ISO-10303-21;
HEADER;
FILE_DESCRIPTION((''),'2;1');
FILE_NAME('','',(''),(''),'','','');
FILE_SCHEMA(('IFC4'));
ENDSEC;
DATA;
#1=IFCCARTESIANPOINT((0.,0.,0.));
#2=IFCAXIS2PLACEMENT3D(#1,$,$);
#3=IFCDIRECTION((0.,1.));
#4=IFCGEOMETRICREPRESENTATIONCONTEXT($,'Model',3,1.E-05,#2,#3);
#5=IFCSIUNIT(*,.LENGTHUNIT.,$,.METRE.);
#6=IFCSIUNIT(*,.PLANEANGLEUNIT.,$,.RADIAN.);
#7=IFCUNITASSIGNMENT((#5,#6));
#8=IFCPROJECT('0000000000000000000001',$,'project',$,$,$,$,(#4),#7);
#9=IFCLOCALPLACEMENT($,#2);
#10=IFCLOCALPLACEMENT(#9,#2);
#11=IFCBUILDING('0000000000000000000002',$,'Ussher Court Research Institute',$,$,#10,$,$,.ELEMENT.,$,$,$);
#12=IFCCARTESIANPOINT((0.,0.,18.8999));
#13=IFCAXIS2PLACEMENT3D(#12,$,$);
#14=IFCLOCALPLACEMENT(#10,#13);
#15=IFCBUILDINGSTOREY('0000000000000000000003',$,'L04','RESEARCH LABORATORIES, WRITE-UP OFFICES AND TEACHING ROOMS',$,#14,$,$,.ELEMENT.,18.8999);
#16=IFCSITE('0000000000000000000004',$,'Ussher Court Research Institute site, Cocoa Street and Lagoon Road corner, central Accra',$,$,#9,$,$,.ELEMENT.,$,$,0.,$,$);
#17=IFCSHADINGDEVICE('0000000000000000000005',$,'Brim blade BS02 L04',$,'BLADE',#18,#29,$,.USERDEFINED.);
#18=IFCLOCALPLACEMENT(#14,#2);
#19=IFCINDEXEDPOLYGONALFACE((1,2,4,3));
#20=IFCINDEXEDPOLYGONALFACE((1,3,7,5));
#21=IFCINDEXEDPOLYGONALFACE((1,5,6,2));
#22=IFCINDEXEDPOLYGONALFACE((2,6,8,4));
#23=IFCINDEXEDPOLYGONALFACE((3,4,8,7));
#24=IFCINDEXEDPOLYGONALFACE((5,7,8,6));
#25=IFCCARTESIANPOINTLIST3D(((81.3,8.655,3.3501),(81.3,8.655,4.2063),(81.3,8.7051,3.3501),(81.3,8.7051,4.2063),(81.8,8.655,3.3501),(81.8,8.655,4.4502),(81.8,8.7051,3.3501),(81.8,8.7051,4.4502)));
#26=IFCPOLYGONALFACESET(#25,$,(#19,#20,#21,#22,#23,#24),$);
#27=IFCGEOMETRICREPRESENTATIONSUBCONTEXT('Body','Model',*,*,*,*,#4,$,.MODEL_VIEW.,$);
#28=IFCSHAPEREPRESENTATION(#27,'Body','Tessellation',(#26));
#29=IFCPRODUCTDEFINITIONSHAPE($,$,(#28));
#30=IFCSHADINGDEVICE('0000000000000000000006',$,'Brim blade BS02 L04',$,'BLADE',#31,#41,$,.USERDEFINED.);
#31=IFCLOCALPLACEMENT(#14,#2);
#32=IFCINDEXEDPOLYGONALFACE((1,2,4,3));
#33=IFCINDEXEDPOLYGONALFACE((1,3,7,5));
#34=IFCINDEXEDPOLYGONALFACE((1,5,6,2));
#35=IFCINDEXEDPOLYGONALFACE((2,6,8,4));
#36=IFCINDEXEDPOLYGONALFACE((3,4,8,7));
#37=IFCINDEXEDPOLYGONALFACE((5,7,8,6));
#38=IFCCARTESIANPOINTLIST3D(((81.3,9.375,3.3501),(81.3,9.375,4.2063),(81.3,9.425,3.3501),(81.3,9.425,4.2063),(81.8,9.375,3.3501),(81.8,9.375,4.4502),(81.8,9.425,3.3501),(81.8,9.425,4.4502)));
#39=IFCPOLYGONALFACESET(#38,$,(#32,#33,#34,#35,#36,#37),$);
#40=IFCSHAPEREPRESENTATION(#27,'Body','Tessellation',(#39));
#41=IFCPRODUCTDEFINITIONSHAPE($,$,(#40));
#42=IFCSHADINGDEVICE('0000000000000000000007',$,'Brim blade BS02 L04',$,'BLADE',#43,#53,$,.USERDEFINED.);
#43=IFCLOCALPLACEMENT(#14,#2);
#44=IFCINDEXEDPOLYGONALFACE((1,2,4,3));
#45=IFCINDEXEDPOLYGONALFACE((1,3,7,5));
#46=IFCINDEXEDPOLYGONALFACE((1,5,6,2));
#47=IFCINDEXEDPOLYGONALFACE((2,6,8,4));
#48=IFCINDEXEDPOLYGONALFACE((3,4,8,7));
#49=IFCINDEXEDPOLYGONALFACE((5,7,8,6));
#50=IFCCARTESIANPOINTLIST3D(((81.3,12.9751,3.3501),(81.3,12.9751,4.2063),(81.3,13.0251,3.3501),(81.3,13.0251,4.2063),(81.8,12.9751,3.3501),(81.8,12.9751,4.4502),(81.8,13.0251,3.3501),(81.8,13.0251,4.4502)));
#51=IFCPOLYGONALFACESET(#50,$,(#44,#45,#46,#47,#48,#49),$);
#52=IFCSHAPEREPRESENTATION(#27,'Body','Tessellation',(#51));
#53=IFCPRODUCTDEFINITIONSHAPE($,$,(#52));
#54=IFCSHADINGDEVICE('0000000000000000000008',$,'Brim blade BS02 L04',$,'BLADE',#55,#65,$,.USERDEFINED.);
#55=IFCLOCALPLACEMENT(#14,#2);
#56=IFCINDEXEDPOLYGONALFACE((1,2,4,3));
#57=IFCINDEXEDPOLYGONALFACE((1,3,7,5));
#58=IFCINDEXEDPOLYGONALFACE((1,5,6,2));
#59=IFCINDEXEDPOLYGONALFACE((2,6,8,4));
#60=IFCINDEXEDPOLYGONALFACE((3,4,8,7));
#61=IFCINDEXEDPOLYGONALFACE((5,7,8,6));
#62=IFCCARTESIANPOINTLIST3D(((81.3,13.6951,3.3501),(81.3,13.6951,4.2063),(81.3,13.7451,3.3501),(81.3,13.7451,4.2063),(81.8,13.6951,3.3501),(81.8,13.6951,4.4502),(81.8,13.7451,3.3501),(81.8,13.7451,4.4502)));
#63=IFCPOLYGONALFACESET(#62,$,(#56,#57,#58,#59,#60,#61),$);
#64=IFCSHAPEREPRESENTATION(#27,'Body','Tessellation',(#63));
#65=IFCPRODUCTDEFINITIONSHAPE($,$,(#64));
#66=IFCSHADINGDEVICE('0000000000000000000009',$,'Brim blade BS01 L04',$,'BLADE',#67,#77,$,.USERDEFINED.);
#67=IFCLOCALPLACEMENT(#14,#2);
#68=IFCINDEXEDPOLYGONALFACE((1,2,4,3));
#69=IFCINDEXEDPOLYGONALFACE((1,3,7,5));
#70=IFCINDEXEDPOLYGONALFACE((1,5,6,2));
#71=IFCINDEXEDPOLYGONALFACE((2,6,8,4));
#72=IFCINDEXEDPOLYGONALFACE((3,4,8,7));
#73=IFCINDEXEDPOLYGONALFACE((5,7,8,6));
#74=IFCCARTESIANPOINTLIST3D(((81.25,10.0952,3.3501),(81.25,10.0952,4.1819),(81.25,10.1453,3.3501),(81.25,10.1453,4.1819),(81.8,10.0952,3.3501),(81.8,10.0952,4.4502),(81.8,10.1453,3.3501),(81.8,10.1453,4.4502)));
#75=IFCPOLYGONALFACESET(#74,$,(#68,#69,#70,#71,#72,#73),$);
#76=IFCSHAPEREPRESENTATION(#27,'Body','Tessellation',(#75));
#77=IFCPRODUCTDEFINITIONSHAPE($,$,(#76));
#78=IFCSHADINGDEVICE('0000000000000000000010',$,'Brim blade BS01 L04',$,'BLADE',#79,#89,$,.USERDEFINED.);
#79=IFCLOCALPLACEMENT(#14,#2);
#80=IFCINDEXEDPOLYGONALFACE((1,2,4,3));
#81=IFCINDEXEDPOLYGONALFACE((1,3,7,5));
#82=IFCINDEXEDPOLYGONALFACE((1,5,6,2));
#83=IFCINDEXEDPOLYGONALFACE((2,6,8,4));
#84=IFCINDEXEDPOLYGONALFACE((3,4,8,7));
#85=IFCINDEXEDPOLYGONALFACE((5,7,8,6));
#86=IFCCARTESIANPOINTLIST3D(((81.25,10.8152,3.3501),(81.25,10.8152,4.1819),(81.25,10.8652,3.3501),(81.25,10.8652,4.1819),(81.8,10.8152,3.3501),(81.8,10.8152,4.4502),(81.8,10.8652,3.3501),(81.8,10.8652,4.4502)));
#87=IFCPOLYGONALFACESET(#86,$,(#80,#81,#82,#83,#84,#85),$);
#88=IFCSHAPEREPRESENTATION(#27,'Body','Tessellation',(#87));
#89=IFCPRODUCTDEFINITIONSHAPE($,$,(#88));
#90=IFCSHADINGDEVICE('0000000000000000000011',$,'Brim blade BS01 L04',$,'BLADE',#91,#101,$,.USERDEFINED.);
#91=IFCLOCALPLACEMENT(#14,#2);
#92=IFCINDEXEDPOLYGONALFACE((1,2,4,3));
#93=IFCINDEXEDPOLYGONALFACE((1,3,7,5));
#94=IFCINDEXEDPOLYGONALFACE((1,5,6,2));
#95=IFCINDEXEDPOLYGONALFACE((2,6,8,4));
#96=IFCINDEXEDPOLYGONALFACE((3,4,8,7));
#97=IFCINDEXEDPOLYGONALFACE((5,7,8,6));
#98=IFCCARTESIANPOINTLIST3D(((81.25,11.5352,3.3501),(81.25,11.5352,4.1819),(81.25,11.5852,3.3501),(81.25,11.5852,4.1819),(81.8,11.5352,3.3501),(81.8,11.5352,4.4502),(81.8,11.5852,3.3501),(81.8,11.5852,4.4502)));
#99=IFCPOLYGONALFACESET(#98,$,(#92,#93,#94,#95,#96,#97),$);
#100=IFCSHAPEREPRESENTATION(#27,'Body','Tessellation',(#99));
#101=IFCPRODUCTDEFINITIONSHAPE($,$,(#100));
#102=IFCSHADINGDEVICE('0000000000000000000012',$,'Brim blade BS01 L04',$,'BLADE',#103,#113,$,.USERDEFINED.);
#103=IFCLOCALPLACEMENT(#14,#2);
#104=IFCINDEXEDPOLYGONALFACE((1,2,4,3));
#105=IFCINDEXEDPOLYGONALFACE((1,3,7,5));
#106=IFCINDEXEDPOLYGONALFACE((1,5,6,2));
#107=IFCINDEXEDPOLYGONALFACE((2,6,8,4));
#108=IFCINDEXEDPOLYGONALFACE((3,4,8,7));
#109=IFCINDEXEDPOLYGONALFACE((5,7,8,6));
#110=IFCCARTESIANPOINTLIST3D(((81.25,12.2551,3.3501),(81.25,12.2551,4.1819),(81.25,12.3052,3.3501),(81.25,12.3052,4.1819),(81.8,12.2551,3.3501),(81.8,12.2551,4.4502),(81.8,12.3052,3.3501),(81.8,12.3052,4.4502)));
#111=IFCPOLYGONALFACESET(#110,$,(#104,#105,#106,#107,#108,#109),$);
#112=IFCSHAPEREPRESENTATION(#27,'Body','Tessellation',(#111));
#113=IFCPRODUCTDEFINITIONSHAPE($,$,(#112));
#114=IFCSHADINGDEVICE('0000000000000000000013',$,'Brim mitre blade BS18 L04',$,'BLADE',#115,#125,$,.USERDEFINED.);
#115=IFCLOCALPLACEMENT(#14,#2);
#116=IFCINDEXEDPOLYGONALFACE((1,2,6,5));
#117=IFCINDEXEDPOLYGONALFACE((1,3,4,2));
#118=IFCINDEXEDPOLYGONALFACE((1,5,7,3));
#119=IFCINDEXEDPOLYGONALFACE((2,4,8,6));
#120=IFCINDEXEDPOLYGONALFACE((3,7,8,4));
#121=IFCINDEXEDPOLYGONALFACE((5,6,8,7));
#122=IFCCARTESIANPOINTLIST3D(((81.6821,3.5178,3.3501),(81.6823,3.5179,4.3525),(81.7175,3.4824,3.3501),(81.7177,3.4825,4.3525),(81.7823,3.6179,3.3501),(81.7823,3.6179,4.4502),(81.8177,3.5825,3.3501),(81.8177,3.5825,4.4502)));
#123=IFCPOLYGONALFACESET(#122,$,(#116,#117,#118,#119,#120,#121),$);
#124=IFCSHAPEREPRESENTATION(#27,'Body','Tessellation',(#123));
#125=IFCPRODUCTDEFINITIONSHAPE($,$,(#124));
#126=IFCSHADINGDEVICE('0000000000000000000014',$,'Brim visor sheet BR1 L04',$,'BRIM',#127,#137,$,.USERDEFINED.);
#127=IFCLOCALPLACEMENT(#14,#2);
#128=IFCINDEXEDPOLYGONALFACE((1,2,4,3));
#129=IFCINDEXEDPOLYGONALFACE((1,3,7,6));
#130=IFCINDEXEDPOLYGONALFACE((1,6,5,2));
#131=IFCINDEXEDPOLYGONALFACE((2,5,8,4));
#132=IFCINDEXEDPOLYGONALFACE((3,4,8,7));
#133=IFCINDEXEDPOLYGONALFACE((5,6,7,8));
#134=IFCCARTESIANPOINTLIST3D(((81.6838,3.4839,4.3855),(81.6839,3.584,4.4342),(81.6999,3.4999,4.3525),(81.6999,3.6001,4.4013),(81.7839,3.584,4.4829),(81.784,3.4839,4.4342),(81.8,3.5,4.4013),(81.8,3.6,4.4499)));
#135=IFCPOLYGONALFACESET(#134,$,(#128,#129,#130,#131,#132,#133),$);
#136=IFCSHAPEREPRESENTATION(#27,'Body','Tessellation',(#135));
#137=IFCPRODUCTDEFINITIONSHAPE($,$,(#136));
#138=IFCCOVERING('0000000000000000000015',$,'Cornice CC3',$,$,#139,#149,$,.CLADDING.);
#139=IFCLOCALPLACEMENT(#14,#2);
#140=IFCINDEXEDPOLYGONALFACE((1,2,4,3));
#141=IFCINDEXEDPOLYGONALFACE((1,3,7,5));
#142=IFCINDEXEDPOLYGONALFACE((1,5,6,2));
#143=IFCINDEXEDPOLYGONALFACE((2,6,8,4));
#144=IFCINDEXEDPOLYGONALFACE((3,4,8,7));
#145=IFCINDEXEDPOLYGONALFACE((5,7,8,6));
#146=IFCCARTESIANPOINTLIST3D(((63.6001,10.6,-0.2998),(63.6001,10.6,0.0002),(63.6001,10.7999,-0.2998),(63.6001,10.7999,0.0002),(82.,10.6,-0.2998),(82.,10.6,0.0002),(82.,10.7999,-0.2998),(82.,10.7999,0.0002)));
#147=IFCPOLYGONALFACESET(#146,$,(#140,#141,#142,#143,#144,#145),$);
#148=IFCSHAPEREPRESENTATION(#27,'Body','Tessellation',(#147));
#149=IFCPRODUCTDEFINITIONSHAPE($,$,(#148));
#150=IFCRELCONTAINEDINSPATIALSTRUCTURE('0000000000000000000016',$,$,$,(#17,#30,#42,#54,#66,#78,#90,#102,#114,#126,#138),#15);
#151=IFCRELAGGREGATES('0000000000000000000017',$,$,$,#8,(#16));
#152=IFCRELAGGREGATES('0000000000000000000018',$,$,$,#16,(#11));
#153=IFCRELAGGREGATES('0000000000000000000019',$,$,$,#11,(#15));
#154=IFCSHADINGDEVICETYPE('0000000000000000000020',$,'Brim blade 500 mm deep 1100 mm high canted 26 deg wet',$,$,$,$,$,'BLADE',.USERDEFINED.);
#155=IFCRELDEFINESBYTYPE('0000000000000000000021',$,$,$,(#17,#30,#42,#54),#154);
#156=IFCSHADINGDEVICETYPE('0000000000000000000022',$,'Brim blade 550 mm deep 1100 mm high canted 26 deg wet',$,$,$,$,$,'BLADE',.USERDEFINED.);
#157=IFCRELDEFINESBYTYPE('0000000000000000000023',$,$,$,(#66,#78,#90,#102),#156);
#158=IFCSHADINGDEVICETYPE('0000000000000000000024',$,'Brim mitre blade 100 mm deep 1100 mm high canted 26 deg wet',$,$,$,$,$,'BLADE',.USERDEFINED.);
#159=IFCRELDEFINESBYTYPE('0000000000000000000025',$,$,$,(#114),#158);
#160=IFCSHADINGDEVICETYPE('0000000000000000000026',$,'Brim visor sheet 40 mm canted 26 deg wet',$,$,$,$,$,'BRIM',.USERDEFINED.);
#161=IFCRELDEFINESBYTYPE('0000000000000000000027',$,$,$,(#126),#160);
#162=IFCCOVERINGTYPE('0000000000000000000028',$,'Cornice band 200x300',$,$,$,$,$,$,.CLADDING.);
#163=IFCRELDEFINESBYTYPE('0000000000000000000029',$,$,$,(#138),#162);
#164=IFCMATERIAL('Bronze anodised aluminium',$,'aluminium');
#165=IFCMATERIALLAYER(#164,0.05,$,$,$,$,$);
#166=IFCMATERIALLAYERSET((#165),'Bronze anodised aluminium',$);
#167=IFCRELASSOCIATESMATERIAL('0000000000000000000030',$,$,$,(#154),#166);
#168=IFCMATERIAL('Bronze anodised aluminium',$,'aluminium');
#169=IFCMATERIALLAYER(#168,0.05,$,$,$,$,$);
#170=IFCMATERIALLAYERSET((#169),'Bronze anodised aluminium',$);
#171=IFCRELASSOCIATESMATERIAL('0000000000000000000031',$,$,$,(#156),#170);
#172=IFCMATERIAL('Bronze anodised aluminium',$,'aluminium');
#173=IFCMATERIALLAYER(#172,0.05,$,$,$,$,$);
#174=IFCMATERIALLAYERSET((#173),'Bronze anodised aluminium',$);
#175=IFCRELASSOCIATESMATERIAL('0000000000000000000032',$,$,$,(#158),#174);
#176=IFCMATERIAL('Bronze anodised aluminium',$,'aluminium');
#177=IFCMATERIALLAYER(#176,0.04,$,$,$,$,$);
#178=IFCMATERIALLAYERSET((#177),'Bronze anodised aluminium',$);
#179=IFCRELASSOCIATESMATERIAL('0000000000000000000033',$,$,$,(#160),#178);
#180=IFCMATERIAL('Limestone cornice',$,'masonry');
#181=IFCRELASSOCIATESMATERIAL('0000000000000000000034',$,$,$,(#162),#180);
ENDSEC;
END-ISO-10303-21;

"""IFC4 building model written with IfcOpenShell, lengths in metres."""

from ifc_helpers import new_model, si_unit, direction, frame, origin, origin_2d, place, context, subcontext, project, spatial, polyline, rectangle, outline, extrude, material, layer, layer_set, type_object, element, save


model = new_model("IFC4")

# Units and contexts
model_context = context("Model", 3, precision=1e-05, world=origin(), true_north=direction((0.0, 1.0)))
body_context = subcontext(model_context, "Body", "Model", "MODEL_VIEW")
ifc_project = project(units=[si_unit("LENGTHUNIT", "METRE"), si_unit("PLANEANGLEUNIT", "RADIAN")], contexts=[model_context])

# Site, building, storey
site_placement = place(None, origin())
site = spatial("IfcSite", under=ifc_project, at=site_placement, Name="Ussher Court Research Institute site, Cocoa Street and Lagoon Road corner, central Accra", CompositionType="ELEMENT", RefElevation=0.0)
building_placement = place(site_placement, origin())
building = spatial("IfcBuilding", under=site, at=building_placement, Name="Ussher Court Research Institute", CompositionType="ELEMENT")
storey_placement = place(building_placement, frame((0.0, 0.0, 18.8999)))
storey = spatial("IfcBuildingStorey", under=building, at=storey_placement, Name="L04", Description="RESEARCH LABORATORIES, WRITE-UP OFFICES AND TEACHING ROOMS", CompositionType="ELEMENT", Elevation=18.8999)

# Shading devices
ifc_material_1 = material(Name="Bronze anodised aluminium", Category="aluminium")
ifc_layer_1 = layer(ifc_material_1, 0.05)
ifc_layer_set_1 = layer_set([ifc_layer_1], Name="Bronze anodised aluminium")
shading_device_type_1 = type_object("IfcShadingDeviceType", Name="Brim blade 500 mm deep 1100 mm high canted 26 deg wet", ElementType="BLADE", PredefinedType="USERDEFINED", material=ifc_layer_set_1)
for number, where, z_axis, x_axis, name in (
    (1, (81.8, 8.6799, 3.3501), (0.0, 0.0, 1.0), (-1.0, 0.0, 0.0), "Brim blade BS02 L04"),
    (2, (81.8, 9.3999, 3.3501), (0.0, 0.0, 1.0), (-1.0, 0.0, 0.0), "Brim blade BS02 L04"),
    (3, (81.8, 13.0, 3.3501), (0.0, 0.0, 1.0), (-1.0, 0.0, 0.0), "Brim blade BS02 L04"),
    (4, (81.8, 13.72, 3.3501), (0.0, 0.0, 1.0), (-1.0, 0.0, 0.0), "Brim blade BS02 L04"),
):
    element("IfcShadingDevice", number, at=place(storey_placement, frame(where, z_axis=z_axis, x_axis=x_axis)), inside=storey, type_object=shading_device_type_1, Name=name, ObjectType="BLADE", PredefinedType="USERDEFINED", context=body_context, shape_type="SweptSolid", body=[
        extrude(outline(polyline([(0.0, 0.0), (0.5, 0.0), (0.5, 0.8562), (0.0, 1.1001), (0.0, 0.0)])), frame((0.0, 0.0249, 0.0), z_axis=(0.0, -1.0, 0.0), x_axis=(1.0, 0.0, 0.0)), (0.0, 0.0, 1.0), 0.05),
    ])
ifc_material_2 = material(Name="Bronze anodised aluminium", Category="aluminium")
ifc_layer_2 = layer(ifc_material_2, 0.05)
ifc_layer_set_2 = layer_set([ifc_layer_2], Name="Bronze anodised aluminium")
shading_device_type_2 = type_object("IfcShadingDeviceType", Name="Brim blade 550 mm deep 1100 mm high canted 26 deg wet", ElementType="BLADE", PredefinedType="USERDEFINED", material=ifc_layer_set_2)
for number, where, z_axis, x_axis, name in (
    (5, (81.8, 10.1201, 3.3501), (0.0, 0.0, 1.0), (-1.0, 0.0, 0.0), "Brim blade BS01 L04"),
    (6, (81.8, 10.8401, 3.3501), (0.0, 0.0, 1.0), (-1.0, 0.0, 0.0), "Brim blade BS01 L04"),
    (7, (81.8, 11.5601, 3.3501), (0.0, 0.0, 1.0), (-1.0, 0.0, 0.0), "Brim blade BS01 L04"),
    (8, (81.8, 12.28, 3.3501), (0.0, 0.0, 1.0), (-1.0, 0.0, 0.0), "Brim blade BS01 L04"),
):
    element("IfcShadingDevice", number, at=place(storey_placement, frame(where, z_axis=z_axis, x_axis=x_axis)), inside=storey, type_object=shading_device_type_2, Name=name, ObjectType="BLADE", PredefinedType="USERDEFINED", context=body_context, shape_type="SweptSolid", body=[
        extrude(outline(polyline([(0.0, 0.0), (0.55, 0.0), (0.55, 0.8318), (0.0, 1.1001), (0.0, 0.0)])), frame((0.0, 0.0249, 0.0), z_axis=(0.0, -1.0, 0.0), x_axis=(1.0, 0.0, 0.0)), (0.0, 0.0, 1.0), 0.05),
    ])
ifc_material_3 = material(Name="Bronze anodised aluminium", Category="aluminium")
ifc_layer_3 = layer(ifc_material_3, 0.05)
ifc_layer_set_3 = layer_set([ifc_layer_3], Name="Bronze anodised aluminium")
shading_device_type_3 = type_object("IfcShadingDeviceType", Name="Brim mitre blade 100 mm deep 1100 mm high canted 26 deg wet", ElementType="BLADE", PredefinedType="USERDEFINED", material=ifc_layer_set_3)
shading_device_1_placement = place(storey_placement, frame((81.8, 3.6001, 3.3501), z_axis=(0.0, 0.0, 1.0), x_axis=(-0.707107, -0.707107, 0.0)))
element("IfcShadingDevice", 9, at=shading_device_1_placement, inside=storey, type_object=shading_device_type_3, Name="Brim mitre blade BS18 L04", ObjectType="BLADE", PredefinedType="USERDEFINED", context=body_context, shape_type="SweptSolid", body=[
    extrude(outline(polyline([(0.0, 0.0), (0.1416, 0.0), (0.1414, 1.0024), (0.0, 1.1001), (0.0, 0.0)])), frame((0.0, 0.0249, 0.0), z_axis=(0.0, -1.0, 0.0), x_axis=(1.0, 0.0, 0.0)), (0.0, 0.0, 1.0), 0.05),
])
ifc_material_4 = material(Name="Bronze anodised aluminium", Category="aluminium")
ifc_layer_4 = layer(ifc_material_4, 0.04)
ifc_layer_set_4 = layer_set([ifc_layer_4], Name="Bronze anodised aluminium")
shading_device_type_4 = type_object("IfcShadingDeviceType", Name="Brim visor sheet 40 mm canted 26 deg wet", ElementType="BRIM", PredefinedType="USERDEFINED", material=ifc_layer_set_4)
shading_device_2_placement = place(storey_placement, frame((81.7839, 3.584, 4.4829), z_axis=(-0.400848, -0.400848, 0.823797), x_axis=(-0.899269, 0.000362, -0.437395)))
element("IfcShadingDevice", 10, at=shading_device_2_placement, inside=storey, type_object=shading_device_type_4, Name="Brim visor sheet BR1 L04", ObjectType="BRIM", PredefinedType="USERDEFINED", context=body_context, shape_type="SweptSolid", body=[
    extrude(outline(polyline([(0.0, 0.0), (0.1113, 0.0), (0.1326, 0.1093), (0.0212, 0.1092), (0.0, 0.0)])), origin(), (0.0, 0.0, -1.0), 0.04),
])

# Covering
ifc_material_5 = material(Name="Limestone cornice", Category="masonry")
covering_type = type_object("IfcCoveringType", Name="Cornice band 200x300", PredefinedType="CLADDING", material=ifc_material_5)
covering_placement = place(storey_placement, frame((72.8, 10.7, -0.2998), z_axis=(0.0, 0.0, 1.0), x_axis=(1.0, 0.0, 0.0)))
element("IfcCovering", 11, at=covering_placement, inside=storey, type_object=covering_type, Name="Cornice CC3", PredefinedType="CLADDING", context=body_context, shape_type="SweptSolid", body=[
    extrude(rectangle(XDim=18.3999, YDim=0.2, at=origin_2d()), origin(), (0.0, 0.0, 1.0), 0.3),
])

save(model, "model.ifc")
